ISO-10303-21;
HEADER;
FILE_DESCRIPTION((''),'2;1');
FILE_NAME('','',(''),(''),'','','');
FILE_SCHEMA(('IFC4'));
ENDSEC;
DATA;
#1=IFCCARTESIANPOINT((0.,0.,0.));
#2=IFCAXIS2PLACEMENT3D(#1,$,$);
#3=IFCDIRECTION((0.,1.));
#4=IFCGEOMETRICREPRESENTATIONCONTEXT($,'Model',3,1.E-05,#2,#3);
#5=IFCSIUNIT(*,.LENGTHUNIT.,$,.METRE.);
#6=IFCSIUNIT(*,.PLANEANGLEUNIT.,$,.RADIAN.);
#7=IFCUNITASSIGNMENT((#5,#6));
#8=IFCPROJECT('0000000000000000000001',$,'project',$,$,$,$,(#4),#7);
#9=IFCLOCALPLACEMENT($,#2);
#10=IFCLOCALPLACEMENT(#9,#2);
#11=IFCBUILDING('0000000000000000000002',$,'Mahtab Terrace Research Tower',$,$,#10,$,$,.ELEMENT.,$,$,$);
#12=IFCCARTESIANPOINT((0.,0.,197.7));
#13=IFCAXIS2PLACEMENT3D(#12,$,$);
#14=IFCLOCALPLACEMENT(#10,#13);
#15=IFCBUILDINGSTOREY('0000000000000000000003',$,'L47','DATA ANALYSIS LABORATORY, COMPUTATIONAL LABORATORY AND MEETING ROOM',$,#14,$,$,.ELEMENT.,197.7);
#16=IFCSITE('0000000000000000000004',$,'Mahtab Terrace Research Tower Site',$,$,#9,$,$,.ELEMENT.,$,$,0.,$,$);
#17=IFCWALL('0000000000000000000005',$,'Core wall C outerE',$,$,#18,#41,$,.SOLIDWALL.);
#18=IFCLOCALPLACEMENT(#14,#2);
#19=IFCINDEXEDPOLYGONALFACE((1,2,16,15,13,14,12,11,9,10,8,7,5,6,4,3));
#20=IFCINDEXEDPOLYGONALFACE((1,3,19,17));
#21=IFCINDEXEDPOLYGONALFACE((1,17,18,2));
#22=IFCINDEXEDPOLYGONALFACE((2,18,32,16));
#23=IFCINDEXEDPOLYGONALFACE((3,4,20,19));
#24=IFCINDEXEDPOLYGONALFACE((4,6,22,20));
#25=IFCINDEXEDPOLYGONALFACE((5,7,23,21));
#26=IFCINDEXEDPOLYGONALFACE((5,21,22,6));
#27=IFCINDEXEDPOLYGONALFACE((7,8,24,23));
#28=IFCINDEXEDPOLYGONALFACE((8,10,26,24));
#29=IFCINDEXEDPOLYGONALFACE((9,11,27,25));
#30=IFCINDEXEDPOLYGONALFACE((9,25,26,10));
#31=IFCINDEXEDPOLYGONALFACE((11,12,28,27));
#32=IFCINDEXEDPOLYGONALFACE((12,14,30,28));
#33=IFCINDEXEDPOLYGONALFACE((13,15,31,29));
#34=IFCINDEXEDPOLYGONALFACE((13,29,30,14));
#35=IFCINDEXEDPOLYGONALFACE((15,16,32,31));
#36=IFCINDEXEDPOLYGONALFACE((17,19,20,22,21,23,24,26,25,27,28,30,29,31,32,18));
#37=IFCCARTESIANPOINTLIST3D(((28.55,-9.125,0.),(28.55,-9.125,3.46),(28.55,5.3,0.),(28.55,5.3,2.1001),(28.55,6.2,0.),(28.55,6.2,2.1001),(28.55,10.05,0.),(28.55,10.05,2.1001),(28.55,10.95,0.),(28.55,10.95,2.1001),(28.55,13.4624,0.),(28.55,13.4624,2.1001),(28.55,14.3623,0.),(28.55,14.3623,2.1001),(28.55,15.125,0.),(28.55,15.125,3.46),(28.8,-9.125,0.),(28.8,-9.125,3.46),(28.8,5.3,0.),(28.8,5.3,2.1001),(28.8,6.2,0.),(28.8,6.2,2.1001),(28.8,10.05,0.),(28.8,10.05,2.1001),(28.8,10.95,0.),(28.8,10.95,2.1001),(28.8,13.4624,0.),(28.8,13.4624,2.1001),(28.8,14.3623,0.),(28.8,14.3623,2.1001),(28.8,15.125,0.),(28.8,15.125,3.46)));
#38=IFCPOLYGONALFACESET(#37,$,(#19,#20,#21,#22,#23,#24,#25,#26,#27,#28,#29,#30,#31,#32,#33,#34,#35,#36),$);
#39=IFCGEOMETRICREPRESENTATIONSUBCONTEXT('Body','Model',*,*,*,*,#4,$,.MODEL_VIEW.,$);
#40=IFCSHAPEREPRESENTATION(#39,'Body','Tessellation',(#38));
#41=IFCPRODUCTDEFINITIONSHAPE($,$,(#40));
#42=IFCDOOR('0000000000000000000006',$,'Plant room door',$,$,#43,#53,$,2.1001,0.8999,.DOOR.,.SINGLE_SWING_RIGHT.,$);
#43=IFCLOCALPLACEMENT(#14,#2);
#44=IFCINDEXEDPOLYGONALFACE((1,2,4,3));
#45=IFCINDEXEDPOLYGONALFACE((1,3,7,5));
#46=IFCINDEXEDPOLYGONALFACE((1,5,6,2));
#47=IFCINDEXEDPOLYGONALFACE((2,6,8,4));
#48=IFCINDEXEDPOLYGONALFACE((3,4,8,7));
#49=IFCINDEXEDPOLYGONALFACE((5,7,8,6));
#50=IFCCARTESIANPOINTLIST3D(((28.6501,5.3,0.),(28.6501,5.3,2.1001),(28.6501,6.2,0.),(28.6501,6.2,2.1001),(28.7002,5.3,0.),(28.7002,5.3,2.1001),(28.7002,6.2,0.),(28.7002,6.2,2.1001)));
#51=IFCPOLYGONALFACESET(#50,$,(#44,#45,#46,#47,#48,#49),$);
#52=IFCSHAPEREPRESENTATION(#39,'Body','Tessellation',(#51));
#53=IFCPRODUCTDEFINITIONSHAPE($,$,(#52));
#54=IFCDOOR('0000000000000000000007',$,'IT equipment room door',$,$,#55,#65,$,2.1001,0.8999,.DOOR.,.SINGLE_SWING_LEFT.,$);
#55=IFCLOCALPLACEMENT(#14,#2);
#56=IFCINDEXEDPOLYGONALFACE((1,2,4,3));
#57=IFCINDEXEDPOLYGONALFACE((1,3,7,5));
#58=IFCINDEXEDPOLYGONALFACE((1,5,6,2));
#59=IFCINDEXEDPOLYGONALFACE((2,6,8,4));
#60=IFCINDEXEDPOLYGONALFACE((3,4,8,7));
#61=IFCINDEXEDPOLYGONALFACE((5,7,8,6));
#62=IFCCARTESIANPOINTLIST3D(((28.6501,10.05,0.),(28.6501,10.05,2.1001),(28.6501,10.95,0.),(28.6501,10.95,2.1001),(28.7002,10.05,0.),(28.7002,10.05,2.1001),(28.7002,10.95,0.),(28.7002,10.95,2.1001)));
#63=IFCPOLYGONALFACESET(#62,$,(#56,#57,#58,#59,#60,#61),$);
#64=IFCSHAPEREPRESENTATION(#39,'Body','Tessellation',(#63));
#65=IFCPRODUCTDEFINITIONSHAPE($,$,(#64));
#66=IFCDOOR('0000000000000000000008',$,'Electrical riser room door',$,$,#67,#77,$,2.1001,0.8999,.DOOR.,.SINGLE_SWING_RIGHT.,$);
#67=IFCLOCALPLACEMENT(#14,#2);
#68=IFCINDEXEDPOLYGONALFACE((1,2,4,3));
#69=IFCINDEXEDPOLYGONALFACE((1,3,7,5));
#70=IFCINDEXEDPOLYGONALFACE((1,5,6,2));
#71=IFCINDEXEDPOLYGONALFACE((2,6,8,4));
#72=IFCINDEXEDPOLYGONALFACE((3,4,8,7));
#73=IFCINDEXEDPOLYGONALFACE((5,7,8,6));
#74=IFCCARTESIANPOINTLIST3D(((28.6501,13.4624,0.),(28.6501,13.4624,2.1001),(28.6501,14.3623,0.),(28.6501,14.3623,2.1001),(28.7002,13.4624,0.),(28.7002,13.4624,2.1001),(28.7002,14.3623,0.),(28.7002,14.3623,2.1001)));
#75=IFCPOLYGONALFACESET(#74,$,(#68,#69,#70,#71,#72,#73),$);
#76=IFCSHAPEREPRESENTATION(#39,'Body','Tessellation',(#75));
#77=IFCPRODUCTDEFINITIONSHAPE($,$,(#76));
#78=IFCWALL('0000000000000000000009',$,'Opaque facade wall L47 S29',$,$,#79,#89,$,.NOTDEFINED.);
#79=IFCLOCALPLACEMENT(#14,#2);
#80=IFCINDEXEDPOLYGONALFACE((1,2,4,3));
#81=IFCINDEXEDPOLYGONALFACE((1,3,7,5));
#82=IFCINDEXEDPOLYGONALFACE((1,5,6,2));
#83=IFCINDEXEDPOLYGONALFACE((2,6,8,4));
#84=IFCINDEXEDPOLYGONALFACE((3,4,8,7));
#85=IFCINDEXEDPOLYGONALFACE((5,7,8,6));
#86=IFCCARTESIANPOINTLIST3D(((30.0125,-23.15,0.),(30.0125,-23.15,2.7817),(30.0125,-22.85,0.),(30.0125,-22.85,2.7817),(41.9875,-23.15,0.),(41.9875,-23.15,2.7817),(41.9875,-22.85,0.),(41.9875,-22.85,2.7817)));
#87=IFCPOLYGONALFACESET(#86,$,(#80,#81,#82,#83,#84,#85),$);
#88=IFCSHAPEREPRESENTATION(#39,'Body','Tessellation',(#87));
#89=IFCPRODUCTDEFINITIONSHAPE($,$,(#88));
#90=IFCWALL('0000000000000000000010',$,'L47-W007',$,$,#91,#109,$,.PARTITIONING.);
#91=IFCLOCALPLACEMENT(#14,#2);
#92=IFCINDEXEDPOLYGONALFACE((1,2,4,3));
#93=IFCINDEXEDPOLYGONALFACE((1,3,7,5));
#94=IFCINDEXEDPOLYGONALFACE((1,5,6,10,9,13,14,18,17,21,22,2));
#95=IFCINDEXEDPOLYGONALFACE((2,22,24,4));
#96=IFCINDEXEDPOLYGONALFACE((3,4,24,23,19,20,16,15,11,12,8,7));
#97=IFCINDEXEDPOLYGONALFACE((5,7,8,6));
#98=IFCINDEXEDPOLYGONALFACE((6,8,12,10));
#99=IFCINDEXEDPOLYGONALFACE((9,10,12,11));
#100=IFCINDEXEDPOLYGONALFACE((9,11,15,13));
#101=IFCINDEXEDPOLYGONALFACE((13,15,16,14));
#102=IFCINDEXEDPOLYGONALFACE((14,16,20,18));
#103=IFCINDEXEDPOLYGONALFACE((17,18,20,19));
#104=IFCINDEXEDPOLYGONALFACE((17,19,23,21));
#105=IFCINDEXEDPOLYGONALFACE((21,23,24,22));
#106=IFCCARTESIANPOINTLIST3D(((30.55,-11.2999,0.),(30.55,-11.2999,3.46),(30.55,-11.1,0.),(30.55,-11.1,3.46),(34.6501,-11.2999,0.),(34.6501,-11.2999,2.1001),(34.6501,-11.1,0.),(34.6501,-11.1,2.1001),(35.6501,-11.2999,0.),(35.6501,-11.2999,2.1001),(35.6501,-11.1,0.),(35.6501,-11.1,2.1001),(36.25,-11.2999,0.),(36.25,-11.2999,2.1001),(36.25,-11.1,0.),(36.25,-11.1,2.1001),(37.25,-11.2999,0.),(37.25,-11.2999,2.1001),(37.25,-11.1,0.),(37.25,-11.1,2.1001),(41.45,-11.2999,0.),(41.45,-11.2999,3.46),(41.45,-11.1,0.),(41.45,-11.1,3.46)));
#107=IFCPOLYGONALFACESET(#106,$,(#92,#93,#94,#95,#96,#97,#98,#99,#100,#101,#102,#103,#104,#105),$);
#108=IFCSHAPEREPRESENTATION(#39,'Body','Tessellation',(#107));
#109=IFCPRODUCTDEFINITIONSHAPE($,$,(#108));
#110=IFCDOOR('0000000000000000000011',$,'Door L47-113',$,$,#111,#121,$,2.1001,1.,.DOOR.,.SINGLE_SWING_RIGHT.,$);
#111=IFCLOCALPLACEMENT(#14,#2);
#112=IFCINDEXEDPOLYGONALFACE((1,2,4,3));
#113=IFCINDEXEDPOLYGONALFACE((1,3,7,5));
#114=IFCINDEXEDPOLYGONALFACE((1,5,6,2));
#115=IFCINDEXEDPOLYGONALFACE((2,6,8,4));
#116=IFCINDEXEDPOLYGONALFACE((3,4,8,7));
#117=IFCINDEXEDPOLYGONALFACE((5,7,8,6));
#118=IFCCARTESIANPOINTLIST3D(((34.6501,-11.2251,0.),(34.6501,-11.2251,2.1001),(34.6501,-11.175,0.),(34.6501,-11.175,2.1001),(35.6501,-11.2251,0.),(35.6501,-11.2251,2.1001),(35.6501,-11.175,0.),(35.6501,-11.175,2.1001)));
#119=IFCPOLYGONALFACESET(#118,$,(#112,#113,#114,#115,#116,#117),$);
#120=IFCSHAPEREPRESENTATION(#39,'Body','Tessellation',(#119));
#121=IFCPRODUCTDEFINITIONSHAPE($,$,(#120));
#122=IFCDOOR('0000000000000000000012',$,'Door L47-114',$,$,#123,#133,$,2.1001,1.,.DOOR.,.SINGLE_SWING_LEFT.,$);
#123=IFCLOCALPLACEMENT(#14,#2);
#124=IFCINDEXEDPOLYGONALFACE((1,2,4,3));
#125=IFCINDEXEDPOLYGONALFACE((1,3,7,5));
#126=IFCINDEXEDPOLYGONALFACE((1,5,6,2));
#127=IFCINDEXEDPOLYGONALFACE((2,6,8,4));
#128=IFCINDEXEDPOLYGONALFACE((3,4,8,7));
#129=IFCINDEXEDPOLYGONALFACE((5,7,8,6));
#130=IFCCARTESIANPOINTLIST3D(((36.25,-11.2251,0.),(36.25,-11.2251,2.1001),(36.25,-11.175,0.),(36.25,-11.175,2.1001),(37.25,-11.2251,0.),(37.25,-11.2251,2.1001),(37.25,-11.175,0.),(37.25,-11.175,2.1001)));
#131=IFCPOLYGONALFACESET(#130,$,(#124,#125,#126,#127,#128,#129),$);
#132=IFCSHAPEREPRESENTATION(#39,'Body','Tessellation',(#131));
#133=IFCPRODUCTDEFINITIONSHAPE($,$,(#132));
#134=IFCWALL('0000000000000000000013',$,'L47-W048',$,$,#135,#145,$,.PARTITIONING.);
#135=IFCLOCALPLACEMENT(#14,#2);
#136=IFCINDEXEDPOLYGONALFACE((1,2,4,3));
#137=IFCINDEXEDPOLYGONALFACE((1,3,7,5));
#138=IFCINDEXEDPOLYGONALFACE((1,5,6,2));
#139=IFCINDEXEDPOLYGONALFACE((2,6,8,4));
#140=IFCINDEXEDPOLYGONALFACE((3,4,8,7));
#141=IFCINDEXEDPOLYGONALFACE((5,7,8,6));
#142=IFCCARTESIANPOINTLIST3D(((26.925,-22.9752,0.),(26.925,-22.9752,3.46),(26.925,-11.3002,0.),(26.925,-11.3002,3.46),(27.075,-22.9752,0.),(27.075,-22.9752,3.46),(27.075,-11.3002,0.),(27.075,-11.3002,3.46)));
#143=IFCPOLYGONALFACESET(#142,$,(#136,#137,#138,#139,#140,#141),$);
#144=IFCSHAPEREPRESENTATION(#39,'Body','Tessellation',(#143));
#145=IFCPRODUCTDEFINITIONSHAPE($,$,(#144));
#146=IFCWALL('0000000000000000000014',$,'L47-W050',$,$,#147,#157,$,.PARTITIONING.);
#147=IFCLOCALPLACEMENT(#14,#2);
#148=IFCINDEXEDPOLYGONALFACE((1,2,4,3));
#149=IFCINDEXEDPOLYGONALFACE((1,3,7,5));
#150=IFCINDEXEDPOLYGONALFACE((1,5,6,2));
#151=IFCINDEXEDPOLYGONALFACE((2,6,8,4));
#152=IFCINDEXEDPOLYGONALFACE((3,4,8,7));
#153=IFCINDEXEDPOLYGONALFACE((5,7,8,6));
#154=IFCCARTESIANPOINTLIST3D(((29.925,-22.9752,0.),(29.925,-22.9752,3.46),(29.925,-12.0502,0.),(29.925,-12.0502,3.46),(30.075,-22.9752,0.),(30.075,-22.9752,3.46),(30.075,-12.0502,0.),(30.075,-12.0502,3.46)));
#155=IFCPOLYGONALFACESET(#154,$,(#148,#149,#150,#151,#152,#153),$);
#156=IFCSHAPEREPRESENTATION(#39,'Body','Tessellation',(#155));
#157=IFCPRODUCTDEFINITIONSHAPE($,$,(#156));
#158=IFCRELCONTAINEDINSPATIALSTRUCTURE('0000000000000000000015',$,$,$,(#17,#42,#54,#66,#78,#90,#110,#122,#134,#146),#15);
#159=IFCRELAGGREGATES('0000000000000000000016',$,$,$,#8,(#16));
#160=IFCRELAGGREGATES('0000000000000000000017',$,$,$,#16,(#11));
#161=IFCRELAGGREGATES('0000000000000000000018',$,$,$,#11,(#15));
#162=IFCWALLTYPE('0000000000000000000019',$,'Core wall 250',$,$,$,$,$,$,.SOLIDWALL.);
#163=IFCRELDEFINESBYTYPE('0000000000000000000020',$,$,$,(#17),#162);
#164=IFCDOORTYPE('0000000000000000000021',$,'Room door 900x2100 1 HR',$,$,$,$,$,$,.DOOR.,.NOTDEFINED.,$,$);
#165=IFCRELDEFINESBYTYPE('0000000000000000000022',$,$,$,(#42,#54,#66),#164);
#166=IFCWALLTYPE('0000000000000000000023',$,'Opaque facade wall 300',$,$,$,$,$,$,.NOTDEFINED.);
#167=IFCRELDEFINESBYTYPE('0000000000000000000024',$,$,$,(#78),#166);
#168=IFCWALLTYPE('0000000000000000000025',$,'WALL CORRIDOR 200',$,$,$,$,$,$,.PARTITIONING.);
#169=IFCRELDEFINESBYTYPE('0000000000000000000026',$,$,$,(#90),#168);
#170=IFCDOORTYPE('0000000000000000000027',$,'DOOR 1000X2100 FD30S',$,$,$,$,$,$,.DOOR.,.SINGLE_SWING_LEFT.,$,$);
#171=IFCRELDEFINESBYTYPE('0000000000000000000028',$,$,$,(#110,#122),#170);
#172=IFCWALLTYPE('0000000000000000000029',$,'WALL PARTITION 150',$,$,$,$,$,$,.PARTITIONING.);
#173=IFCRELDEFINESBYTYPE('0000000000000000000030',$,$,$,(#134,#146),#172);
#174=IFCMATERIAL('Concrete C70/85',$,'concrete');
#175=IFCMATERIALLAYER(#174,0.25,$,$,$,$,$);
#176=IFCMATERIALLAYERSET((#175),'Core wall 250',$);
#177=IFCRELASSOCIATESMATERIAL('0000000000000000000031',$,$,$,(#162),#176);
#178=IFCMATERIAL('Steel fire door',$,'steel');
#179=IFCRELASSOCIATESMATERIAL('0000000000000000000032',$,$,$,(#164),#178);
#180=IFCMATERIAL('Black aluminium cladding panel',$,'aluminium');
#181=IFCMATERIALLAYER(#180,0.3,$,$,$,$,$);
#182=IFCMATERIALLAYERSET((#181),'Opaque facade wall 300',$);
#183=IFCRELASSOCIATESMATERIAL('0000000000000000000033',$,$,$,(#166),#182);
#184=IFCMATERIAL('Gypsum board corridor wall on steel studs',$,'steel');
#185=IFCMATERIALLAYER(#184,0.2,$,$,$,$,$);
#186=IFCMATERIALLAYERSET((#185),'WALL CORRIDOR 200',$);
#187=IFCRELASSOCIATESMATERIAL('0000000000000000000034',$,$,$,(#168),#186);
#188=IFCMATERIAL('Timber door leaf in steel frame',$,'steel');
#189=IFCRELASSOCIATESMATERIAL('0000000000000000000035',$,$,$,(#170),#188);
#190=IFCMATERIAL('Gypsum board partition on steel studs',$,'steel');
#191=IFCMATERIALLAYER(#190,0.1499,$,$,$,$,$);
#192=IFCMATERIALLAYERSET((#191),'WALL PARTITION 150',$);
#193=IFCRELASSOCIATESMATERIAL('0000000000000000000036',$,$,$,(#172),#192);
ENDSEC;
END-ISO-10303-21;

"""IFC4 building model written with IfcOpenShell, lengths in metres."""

from ifc_helpers import new_model, si_unit, direction, frame, frame_2d, origin, place, context, subcontext, project, spatial, rectangle, extrude, material, layer, layer_set, type_object, element, fill, save


model = new_model("IFC4")

# Units and contexts
model_context = context("Model", 3, precision=1e-05, world=origin(), true_north=direction((0.0, 1.0)))
body_context = subcontext(model_context, "Body", "Model", "MODEL_VIEW")
ifc_project = project(units=[si_unit("LENGTHUNIT", "METRE"), si_unit("PLANEANGLEUNIT", "RADIAN")], contexts=[model_context])

# Site, building, storey
site_placement = place(None, origin())
site = spatial("IfcSite", under=ifc_project, at=site_placement, Name="Mahtab Terrace Research Tower Site", CompositionType="ELEMENT", RefElevation=0.0)
building_placement = place(site_placement, origin())
building = spatial("IfcBuilding", under=site, at=building_placement, Name="Mahtab Terrace Research Tower", CompositionType="ELEMENT")
storey_placement = place(building_placement, frame((0.0, 0.0, 197.7)))
storey = spatial("IfcBuildingStorey", under=building, at=storey_placement, Name="L47", Description="DATA ANALYSIS LABORATORY, COMPUTATIONAL LABORATORY AND MEETING ROOM", CompositionType="ELEMENT", Elevation=197.7)

# Shared definitions
ifc_material_1 = material(Name="Concrete C70/85", Category="concrete")

# Wall, openings, doors
ifc_layer_1 = layer(ifc_material_1, 0.25)
ifc_layer_set_1 = layer_set([ifc_layer_1], Name="Core wall 250")
wall_type_1 = type_object("IfcWallType", Name="Core wall 250", PredefinedType="SOLIDWALL", material=ifc_layer_set_1)
wall_1_placement = place(storey_placement, frame((28.675, -9.125, 0.0), z_axis=(0.0, 0.0, 1.0), x_axis=(0.0, 1.0, 0.0)))
wall_1 = element("IfcWall", 1, at=wall_1_placement, inside=storey, type_object=wall_type_1, Name="Core wall C outerE", PredefinedType="SOLIDWALL", context=body_context, shape_type="SweptSolid", body=[
    extrude(rectangle(XDim=24.25, YDim=0.25, at=frame_2d((12.125, 0.0))), origin(), (0.0, 0.0, 1.0), 3.46),
])
opening_1_placement = place(wall_1_placement, frame((14.425, 0.0, 0.0)))
opening_1 = element("IfcOpeningElement", 2, at=opening_1_placement, cuts=wall_1, PredefinedType="OPENING", context=body_context, shape_type="SweptSolid", body=[
    extrude(rectangle(XDim=0.8999, YDim=2.1001, at=frame_2d((0.45, 1.05))), frame((0.0, 0.135, 0.0), z_axis=(0.0, -1.0, 0.0), x_axis=(1.0, 0.0, 0.0)), (0.0, 0.0, 1.0), 0.27),
])
opening_2_placement = place(wall_1_placement, frame((19.175, 0.0, 0.0)))
opening_2 = element("IfcOpeningElement", 3, at=opening_2_placement, cuts=wall_1, PredefinedType="OPENING", context=body_context, shape_type="SweptSolid", body=[
    extrude(rectangle(XDim=0.8999, YDim=2.1001, at=frame_2d((0.45, 1.05))), frame((0.0, 0.135, 0.0), z_axis=(0.0, -1.0, 0.0), x_axis=(1.0, 0.0, 0.0)), (0.0, 0.0, 1.0), 0.27),
])
opening_3_placement = place(wall_1_placement, frame((22.5874, 0.0, 0.0)))
opening_3 = element("IfcOpeningElement", 4, at=opening_3_placement, cuts=wall_1, PredefinedType="OPENING", context=body_context, shape_type="SweptSolid", body=[
    extrude(rectangle(XDim=0.8999, YDim=2.1001, at=frame_2d((0.45, 1.05))), frame((0.0, 0.135, 0.0), z_axis=(0.0, -1.0, 0.0), x_axis=(1.0, 0.0, 0.0)), (0.0, 0.0, 1.0), 0.27),
])
ifc_material_2 = material(Name="Steel fire door", Category="steel")
door_type_1 = type_object("IfcDoorType", Name="Room door 900x2100 1 HR", OperationType="NOTDEFINED", PredefinedType="DOOR", material=ifc_material_2)
door_1_placement = place(opening_1_placement, origin())
door_1 = element("IfcDoor", 5, at=door_1_placement, inside=storey, type_object=door_type_1, Name="Plant room door", OperationType="SINGLE_SWING_RIGHT", OverallHeight=2.1001, OverallWidth=0.8999, PredefinedType="DOOR", context=body_context, shape_type="SweptSolid", body=[
    extrude(rectangle(XDim=0.8999, YDim=2.1001, at=frame_2d((0.45, 1.05))), frame((0.0, 0.0249, 0.0), z_axis=(0.0, -1.0, 0.0), x_axis=(1.0, 0.0, 0.0)), (0.0, 0.0, 1.0), 0.05),
])
fill(opening_1, door_1)
door_2_placement = place(opening_2_placement, origin())
door_2 = element("IfcDoor", 6, at=door_2_placement, inside=storey, type_object=door_type_1, Name="IT equipment room door", OperationType="SINGLE_SWING_LEFT", OverallHeight=2.1001, OverallWidth=0.8999, PredefinedType="DOOR", context=body_context, shape_type="SweptSolid", body=[
    extrude(rectangle(XDim=0.8999, YDim=2.1001, at=frame_2d((0.45, 1.05))), frame((0.0, 0.0249, 0.0), z_axis=(0.0, -1.0, 0.0), x_axis=(1.0, 0.0, 0.0)), (0.0, 0.0, 1.0), 0.05),
])
fill(opening_2, door_2)
door_3_placement = place(opening_3_placement, origin())
door_3 = element("IfcDoor", 7, at=door_3_placement, inside=storey, type_object=door_type_1, Name="Electrical riser room door", OperationType="SINGLE_SWING_RIGHT", OverallHeight=2.1001, OverallWidth=0.8999, PredefinedType="DOOR", context=body_context, shape_type="SweptSolid", body=[
    extrude(rectangle(XDim=0.8999, YDim=2.1001, at=frame_2d((0.45, 1.05))), frame((0.0, 0.0249, 0.0), z_axis=(0.0, -1.0, 0.0), x_axis=(1.0, 0.0, 0.0)), (0.0, 0.0, 1.0), 0.05),
])
fill(opening_3, door_3)

# Wall
ifc_material_3 = material(Name="Black aluminium cladding panel", Category="aluminium")
ifc_layer_2 = layer(ifc_material_3, 0.3)
ifc_layer_set_2 = layer_set([ifc_layer_2], Name="Opaque facade wall 300")
wall_type_2 = type_object("IfcWallType", Name="Opaque facade wall 300", PredefinedType="NOTDEFINED", material=ifc_layer_set_2)
wall_2_placement = place(storey_placement, frame((30.0125, -23.0, 0.0), z_axis=(0.0, 0.0, 1.0), x_axis=(1.0, 0.0, 0.0)))
element("IfcWall", 8, at=wall_2_placement, inside=storey, type_object=wall_type_2, Name="Opaque facade wall L47 S29", PredefinedType="NOTDEFINED", context=body_context, shape_type="SweptSolid", body=[
    extrude(rectangle(XDim=11.9751, YDim=0.3, at=frame_2d((5.9875, 0.0))), origin(), (0.0, 0.0, 1.0), 2.7817),
])

# Wall, openings, doors
ifc_material_4 = material(Name="Gypsum board corridor wall on steel studs", Category="steel")
ifc_layer_3 = layer(ifc_material_4, 0.2)
ifc_layer_set_3 = layer_set([ifc_layer_3], Name="WALL CORRIDOR 200")
wall_type_3 = type_object("IfcWallType", Name="WALL CORRIDOR 200", PredefinedType="PARTITIONING", material=ifc_layer_set_3)
wall_3_placement = place(storey_placement, frame((30.55, -11.2, 0.0), z_axis=(0.0, 0.0, 1.0), x_axis=(1.0, 0.0, 0.0)))
wall_3 = element("IfcWall", 9, at=wall_3_placement, inside=storey, type_object=wall_type_3, Name="L47-W007", PredefinedType="PARTITIONING", context=body_context, shape_type="SweptSolid", body=[
    extrude(rectangle(XDim=10.8999, YDim=0.2, at=frame_2d((5.45, 0.0))), origin(), (0.0, 0.0, 1.0), 3.46),
])
opening_4_placement = place(wall_3_placement, frame((4.1001, 0.0, 0.0)))
opening_4 = element("IfcOpeningElement", 10, at=opening_4_placement, cuts=wall_3, PredefinedType="OPENING", context=body_context, shape_type="SweptSolid", body=[
    extrude(rectangle(XDim=1.0, YDim=2.1001, at=frame_2d((0.5, 1.05))), frame((0.0, 0.1099, 0.0), z_axis=(0.0, -1.0, 0.0), x_axis=(1.0, 0.0, 0.0)), (0.0, 0.0, 1.0), 0.22),
])
opening_5_placement = place(wall_3_placement, frame((5.7, 0.0, 0.0)))
opening_5 = element("IfcOpeningElement", 11, at=opening_5_placement, cuts=wall_3, PredefinedType="OPENING", context=body_context, shape_type="SweptSolid", body=[
    extrude(rectangle(XDim=1.0, YDim=2.1001, at=frame_2d((0.5, 1.05))), frame((0.0, 0.1099, 0.0), z_axis=(0.0, -1.0, 0.0), x_axis=(1.0, 0.0, 0.0)), (0.0, 0.0, 1.0), 0.22),
])
ifc_material_5 = material(Name="Timber door leaf in steel frame", Category="steel")
door_type_2 = type_object("IfcDoorType", Name="DOOR 1000X2100 FD30S", OperationType="SINGLE_SWING_LEFT", PredefinedType="DOOR", material=ifc_material_5)
door_4_placement = place(opening_4_placement, origin())
door_4 = element("IfcDoor", 12, at=door_4_placement, inside=storey, type_object=door_type_2, Name="Door L47-113", OperationType="SINGLE_SWING_RIGHT", OverallHeight=2.1001, OverallWidth=1.0, PredefinedType="DOOR", context=body_context, shape_type="SweptSolid", body=[
    extrude(rectangle(XDim=1.0, YDim=2.1001, at=frame_2d((0.5, 1.05))), frame((0.0, 0.0249, 0.0), z_axis=(0.0, -1.0, 0.0), x_axis=(1.0, 0.0, 0.0)), (0.0, 0.0, 1.0), 0.05),
])
fill(opening_4, door_4)
door_5_placement = place(opening_5_placement, origin())
door_5 = element("IfcDoor", 13, at=door_5_placement, inside=storey, type_object=door_type_2, Name="Door L47-114", OperationType="SINGLE_SWING_LEFT", OverallHeight=2.1001, OverallWidth=1.0, PredefinedType="DOOR", context=body_context, shape_type="SweptSolid", body=[
    extrude(rectangle(XDim=1.0, YDim=2.1001, at=frame_2d((0.5, 1.05))), frame((0.0, 0.0249, 0.0), z_axis=(0.0, -1.0, 0.0), x_axis=(1.0, 0.0, 0.0)), (0.0, 0.0, 1.0), 0.05),
])
fill(opening_5, door_5)

# Walls
ifc_material_6 = material(Name="Gypsum board partition on steel studs", Category="steel")
ifc_layer_4 = layer(ifc_material_6, 0.1499)
ifc_layer_set_4 = layer_set([ifc_layer_4], Name="WALL PARTITION 150")
wall_type_4 = type_object("IfcWallType", Name="WALL PARTITION 150", PredefinedType="PARTITIONING", material=ifc_layer_set_4)
wall_4_placement = place(storey_placement, frame((27.0, -22.9751, 0.0), z_axis=(0.0, 0.0, 1.0), x_axis=(0.0, 1.0, 0.0)))
element("IfcWall", 14, at=wall_4_placement, inside=storey, type_object=wall_type_4, Name="L47-W048", PredefinedType="PARTITIONING", context=body_context, shape_type="SweptSolid", body=[
    extrude(rectangle(XDim=11.675, YDim=0.1499, at=frame_2d((5.8374, 0.0))), origin(), (0.0, 0.0, 1.0), 3.46),
])
wall_5_placement = place(storey_placement, frame((30.0, -22.9751, 0.0), z_axis=(0.0, 0.0, 1.0), x_axis=(0.0, 1.0, 0.0)))
element("IfcWall", 15, at=wall_5_placement, inside=storey, type_object=wall_type_4, Name="L47-W050", PredefinedType="PARTITIONING", context=body_context, shape_type="SweptSolid", body=[
    extrude(rectangle(XDim=10.925, YDim=0.1499, at=frame_2d((5.4624, 0.0))), origin(), (0.0, 0.0, 1.0), 3.46),
])

save(model, "model.ifc")
